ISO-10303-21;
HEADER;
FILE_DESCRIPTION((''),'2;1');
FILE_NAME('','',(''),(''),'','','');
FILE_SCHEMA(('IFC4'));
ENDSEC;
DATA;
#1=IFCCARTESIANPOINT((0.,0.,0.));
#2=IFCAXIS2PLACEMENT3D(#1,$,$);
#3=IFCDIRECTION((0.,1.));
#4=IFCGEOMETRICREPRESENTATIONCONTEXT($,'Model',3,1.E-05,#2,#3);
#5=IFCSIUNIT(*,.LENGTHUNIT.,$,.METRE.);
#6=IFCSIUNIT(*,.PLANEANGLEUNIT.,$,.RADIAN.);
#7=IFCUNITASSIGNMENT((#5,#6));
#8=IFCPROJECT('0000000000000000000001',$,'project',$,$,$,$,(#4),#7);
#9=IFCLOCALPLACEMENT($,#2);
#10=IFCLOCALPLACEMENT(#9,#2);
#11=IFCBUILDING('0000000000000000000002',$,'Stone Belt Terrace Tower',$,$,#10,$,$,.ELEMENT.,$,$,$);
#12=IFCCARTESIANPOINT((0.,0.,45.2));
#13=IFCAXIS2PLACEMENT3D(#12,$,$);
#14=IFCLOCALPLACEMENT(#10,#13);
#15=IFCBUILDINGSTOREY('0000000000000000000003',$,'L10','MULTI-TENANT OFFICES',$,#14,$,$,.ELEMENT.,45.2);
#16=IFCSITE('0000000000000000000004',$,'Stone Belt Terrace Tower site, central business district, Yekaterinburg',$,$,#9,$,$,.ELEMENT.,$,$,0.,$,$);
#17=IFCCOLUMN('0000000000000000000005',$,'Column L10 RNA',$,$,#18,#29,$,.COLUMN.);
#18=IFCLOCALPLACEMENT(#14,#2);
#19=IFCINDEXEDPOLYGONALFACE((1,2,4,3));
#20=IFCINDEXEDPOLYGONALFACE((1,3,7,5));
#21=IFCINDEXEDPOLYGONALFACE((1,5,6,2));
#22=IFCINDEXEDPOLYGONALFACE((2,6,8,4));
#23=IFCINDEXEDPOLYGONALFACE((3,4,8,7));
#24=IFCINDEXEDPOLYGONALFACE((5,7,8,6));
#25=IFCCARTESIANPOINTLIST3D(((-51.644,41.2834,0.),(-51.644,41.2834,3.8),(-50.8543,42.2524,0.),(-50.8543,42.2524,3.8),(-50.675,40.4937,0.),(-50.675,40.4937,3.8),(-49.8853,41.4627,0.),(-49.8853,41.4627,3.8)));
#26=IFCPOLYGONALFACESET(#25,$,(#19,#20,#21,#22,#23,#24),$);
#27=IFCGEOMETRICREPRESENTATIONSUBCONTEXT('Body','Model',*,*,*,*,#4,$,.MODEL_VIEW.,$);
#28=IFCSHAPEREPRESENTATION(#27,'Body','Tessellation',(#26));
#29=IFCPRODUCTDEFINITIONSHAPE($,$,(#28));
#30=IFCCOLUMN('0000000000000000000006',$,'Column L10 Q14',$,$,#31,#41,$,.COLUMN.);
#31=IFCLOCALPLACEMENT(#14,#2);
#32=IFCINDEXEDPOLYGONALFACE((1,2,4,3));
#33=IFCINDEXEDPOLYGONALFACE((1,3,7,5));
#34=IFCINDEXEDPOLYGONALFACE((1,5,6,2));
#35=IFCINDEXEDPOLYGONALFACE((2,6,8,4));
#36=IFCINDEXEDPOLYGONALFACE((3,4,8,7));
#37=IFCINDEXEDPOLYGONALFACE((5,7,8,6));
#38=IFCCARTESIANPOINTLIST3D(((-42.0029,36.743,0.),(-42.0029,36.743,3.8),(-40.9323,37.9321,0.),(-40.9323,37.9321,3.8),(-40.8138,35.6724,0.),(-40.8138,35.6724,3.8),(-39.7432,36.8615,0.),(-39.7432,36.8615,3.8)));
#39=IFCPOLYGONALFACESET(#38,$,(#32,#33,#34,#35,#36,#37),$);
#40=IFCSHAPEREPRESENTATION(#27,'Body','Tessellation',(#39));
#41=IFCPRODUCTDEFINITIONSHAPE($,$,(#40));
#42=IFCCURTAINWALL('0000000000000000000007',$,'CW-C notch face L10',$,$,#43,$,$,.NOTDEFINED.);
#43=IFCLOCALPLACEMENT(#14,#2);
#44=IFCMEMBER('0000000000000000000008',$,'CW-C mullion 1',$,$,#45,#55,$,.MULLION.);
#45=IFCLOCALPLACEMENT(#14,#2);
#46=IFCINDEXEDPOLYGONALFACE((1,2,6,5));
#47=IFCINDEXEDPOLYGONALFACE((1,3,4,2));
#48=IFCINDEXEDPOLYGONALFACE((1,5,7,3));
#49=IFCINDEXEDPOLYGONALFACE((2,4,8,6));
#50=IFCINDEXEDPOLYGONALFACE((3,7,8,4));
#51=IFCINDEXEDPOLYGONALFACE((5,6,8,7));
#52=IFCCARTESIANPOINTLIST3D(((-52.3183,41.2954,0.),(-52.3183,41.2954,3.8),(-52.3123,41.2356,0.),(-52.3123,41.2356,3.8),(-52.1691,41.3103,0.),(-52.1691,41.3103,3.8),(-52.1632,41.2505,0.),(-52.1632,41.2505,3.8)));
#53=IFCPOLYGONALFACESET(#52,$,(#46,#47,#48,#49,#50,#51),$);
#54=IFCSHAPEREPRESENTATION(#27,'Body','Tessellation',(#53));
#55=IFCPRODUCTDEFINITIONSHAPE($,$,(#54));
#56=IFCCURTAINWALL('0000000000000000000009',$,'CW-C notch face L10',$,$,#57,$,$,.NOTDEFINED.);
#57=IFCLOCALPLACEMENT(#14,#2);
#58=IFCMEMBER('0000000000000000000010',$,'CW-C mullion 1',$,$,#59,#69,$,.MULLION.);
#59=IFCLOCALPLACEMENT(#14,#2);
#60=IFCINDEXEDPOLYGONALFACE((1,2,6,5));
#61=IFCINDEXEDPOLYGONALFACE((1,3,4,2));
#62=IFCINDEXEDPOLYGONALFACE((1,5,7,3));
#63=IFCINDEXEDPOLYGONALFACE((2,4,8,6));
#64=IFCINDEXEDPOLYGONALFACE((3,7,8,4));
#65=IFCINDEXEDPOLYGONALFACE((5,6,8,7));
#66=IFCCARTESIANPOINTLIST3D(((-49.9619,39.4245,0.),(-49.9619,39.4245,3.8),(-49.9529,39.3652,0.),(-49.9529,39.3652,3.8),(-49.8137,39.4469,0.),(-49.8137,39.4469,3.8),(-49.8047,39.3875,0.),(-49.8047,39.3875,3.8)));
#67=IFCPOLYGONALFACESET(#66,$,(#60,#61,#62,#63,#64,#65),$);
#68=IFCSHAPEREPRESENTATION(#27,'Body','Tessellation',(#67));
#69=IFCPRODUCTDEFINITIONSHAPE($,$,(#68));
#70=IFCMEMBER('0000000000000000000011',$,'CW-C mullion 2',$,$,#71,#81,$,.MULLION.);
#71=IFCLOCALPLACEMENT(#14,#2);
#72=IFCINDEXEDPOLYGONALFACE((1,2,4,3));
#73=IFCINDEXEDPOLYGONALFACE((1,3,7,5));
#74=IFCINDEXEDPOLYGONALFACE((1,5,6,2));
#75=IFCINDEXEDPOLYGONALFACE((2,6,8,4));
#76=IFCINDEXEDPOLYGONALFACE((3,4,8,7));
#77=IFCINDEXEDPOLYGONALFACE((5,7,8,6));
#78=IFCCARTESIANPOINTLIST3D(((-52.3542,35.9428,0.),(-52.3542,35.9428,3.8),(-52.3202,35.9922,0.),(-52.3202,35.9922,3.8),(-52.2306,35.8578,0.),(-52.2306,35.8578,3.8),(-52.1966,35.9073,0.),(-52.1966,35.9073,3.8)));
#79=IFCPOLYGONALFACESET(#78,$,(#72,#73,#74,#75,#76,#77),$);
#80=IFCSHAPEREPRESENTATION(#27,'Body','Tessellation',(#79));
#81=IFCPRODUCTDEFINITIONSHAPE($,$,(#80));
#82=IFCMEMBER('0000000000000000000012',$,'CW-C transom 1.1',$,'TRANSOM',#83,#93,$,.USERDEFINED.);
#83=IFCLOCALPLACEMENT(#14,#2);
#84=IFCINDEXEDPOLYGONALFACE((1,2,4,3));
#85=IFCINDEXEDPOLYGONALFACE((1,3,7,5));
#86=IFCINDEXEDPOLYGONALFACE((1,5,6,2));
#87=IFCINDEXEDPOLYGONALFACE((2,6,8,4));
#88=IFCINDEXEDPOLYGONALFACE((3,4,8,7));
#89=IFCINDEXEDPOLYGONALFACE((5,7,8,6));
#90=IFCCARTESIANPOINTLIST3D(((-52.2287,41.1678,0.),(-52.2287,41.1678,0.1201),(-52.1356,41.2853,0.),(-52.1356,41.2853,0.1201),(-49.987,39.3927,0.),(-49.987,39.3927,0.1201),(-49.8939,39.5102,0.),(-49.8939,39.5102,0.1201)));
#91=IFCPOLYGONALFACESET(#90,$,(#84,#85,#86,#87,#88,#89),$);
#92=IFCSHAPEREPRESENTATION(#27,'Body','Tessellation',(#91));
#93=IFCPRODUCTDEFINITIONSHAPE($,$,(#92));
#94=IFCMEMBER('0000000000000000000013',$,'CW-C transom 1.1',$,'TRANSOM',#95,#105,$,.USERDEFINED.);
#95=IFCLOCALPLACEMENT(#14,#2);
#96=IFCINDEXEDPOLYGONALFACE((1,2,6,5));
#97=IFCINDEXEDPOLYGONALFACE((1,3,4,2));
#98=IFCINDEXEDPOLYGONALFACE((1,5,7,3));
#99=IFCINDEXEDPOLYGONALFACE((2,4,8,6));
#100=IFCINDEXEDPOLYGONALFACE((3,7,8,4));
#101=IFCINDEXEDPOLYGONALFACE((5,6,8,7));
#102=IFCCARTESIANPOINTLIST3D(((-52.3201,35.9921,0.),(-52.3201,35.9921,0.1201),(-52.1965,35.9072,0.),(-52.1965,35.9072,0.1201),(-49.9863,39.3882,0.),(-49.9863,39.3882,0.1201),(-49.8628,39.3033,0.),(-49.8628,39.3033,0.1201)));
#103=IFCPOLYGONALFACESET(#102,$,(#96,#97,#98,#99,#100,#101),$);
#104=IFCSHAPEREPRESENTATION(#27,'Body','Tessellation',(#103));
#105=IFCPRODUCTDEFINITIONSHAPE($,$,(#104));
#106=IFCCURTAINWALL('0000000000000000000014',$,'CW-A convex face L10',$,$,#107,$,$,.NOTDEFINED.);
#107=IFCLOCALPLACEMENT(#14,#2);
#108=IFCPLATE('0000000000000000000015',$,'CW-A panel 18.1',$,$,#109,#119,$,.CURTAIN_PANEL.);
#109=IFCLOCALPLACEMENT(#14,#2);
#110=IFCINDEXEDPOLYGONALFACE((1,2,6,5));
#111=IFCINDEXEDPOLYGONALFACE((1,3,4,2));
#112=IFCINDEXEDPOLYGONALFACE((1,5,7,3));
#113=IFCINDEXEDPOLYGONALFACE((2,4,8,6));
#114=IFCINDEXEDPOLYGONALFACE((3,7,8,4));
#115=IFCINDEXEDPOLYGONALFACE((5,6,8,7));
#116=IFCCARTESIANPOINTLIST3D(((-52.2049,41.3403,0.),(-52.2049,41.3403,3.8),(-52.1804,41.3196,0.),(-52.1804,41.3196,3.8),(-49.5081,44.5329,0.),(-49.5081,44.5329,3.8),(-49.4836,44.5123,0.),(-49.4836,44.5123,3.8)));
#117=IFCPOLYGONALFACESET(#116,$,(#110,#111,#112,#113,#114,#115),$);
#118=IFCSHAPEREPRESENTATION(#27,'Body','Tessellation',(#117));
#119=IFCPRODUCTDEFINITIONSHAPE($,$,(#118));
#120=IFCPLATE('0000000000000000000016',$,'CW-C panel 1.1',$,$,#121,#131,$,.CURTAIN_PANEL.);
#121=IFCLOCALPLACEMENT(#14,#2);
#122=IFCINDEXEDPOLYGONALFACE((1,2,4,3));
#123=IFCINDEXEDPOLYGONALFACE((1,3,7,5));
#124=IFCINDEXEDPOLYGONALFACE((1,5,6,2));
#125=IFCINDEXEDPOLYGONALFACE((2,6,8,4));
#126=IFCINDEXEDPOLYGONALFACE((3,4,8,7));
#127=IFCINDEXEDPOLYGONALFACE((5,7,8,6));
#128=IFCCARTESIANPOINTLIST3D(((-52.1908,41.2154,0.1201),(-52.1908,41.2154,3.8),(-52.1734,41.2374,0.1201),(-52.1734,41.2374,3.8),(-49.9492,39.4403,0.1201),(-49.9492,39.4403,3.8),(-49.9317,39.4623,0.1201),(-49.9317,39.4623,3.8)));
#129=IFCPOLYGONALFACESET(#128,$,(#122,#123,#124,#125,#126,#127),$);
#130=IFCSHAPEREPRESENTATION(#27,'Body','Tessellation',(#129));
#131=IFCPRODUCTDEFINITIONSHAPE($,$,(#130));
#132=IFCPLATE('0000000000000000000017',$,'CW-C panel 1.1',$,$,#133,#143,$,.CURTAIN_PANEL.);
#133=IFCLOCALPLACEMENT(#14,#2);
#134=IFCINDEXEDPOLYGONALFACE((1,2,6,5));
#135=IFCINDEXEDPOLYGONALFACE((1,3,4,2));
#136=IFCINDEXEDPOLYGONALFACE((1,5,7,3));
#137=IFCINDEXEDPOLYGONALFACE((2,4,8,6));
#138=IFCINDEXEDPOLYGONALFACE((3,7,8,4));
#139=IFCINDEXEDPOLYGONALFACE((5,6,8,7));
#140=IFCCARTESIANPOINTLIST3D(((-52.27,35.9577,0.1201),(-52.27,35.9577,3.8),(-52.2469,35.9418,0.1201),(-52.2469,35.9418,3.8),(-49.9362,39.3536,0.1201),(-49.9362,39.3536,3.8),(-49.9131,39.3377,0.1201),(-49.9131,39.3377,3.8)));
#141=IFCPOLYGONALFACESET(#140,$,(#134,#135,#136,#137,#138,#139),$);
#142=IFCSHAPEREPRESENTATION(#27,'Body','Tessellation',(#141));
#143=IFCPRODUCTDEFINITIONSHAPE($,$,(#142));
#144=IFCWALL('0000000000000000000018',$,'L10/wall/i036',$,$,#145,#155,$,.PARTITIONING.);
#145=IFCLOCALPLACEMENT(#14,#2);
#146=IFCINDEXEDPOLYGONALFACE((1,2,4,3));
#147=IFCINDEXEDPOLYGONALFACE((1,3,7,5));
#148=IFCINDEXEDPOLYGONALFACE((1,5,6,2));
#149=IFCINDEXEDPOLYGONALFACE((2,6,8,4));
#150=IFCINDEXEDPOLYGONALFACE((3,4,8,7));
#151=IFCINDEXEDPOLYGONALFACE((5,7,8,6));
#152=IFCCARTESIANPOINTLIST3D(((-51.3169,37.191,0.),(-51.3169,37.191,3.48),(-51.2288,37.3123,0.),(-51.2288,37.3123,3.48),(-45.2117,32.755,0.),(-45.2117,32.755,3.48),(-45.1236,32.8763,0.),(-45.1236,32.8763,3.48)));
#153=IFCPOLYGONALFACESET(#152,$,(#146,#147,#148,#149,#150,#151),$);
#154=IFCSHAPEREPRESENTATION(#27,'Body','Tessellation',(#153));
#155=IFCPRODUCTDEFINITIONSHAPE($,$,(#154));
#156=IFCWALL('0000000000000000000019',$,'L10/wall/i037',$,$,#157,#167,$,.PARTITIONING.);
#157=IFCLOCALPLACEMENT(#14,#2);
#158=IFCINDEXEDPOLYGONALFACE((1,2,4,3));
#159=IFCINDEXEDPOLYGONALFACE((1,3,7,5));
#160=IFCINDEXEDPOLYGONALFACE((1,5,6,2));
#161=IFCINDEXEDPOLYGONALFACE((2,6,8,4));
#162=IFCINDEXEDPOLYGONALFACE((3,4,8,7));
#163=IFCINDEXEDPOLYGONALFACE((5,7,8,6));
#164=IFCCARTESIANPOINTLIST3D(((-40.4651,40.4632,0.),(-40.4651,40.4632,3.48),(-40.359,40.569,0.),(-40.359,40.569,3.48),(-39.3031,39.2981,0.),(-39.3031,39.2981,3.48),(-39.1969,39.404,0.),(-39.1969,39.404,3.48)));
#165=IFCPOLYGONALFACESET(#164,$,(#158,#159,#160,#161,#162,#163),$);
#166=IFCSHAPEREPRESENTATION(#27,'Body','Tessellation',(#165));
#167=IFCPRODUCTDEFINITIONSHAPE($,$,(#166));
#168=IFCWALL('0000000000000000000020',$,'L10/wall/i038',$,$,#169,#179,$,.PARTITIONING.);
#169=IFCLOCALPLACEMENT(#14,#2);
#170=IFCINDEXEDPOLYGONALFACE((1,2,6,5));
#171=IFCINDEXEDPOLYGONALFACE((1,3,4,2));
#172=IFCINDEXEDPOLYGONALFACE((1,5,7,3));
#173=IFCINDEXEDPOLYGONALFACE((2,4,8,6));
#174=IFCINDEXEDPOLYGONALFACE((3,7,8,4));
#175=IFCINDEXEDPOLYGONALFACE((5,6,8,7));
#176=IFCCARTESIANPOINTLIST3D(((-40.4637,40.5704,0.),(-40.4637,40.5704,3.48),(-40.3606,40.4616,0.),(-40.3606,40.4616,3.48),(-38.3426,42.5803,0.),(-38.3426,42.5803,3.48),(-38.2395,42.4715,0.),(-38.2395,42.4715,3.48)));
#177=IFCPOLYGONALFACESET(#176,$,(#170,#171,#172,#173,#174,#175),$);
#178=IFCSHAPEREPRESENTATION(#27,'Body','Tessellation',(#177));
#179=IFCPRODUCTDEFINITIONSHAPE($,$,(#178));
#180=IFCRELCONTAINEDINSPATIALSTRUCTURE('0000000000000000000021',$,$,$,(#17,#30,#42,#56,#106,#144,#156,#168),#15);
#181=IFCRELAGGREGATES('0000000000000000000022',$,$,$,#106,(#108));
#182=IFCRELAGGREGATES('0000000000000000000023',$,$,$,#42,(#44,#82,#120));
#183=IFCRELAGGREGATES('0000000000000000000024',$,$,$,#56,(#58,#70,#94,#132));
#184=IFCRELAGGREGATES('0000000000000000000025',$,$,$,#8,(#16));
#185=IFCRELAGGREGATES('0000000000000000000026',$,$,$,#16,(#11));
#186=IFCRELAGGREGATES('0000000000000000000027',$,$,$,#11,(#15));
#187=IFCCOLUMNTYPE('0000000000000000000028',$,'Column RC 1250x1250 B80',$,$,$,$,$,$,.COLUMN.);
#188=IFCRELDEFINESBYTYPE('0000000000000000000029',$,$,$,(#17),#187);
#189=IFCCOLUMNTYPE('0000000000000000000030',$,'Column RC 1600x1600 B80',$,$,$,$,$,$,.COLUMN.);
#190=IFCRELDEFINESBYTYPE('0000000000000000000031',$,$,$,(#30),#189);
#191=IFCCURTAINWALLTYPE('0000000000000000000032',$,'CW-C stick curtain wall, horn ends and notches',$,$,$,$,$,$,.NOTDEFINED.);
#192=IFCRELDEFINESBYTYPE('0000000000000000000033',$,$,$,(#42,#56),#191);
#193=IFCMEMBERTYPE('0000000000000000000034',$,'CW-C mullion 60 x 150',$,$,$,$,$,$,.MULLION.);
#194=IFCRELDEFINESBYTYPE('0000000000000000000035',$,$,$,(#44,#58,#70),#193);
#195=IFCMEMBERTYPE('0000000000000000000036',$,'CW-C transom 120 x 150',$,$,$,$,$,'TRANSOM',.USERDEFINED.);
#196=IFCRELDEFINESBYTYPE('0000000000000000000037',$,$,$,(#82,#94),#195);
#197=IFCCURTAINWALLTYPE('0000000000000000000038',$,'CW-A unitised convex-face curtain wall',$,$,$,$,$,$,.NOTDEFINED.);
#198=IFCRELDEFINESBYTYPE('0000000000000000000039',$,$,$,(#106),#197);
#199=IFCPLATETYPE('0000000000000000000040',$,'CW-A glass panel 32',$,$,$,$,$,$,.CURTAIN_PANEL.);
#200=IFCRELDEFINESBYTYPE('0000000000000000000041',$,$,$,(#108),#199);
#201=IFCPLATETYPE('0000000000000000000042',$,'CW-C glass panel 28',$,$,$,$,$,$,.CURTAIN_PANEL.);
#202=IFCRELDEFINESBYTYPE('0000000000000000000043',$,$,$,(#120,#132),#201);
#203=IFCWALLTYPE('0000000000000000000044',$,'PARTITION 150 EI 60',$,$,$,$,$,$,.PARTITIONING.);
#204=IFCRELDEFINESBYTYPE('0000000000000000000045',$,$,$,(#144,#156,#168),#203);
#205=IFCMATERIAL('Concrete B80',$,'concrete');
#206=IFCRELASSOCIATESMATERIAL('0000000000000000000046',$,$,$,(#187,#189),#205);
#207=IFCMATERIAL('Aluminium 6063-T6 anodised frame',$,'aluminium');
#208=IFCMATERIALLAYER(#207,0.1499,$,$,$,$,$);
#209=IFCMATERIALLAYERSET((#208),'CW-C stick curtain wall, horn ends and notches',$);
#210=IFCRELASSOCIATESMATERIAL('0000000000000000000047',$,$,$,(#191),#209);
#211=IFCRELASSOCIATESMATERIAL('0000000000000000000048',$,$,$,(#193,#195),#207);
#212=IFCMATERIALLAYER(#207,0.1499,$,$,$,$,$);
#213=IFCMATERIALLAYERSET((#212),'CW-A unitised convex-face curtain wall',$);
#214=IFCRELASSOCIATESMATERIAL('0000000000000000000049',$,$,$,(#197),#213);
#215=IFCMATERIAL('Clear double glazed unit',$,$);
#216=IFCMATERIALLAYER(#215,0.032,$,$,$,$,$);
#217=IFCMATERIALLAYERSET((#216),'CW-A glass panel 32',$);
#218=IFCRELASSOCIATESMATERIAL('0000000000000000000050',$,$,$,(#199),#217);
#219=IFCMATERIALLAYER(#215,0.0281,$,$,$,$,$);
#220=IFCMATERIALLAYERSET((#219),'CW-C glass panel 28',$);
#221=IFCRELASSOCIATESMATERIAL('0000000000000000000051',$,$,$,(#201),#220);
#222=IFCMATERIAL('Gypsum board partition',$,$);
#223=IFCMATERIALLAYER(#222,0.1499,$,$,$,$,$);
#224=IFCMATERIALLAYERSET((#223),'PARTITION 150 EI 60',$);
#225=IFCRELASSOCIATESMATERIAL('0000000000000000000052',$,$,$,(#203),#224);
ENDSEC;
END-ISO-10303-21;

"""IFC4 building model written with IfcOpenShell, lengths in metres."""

from ifc_helpers import new_model, si_unit, direction, frame, frame_2d, origin, origin_2d, place, context, subcontext, project, spatial, rectangle, extrude, material, layer, layer_set, material_profile, profile_set, type_object, element, aggregate, save


model = new_model("IFC4")

# Units and contexts
model_context = context("Model", 3, precision=1e-05, world=origin(), true_north=direction((0.0, 1.0)))
body_context = subcontext(model_context, "Body", "Model", "MODEL_VIEW")
ifc_project = project(units=[si_unit("LENGTHUNIT", "METRE"), si_unit("PLANEANGLEUNIT", "RADIAN")], contexts=[model_context])

# Site, building, storey
site_placement = place(None, origin())
site = spatial("IfcSite", under=ifc_project, at=site_placement, Name="Stone Belt Terrace Tower site, central business district, Yekaterinburg", CompositionType="ELEMENT", RefElevation=0.0)
building_placement = place(site_placement, origin())
building = spatial("IfcBuilding", under=site, at=building_placement, Name="Stone Belt Terrace Tower", CompositionType="ELEMENT")
storey_placement = place(building_placement, frame((0.0, 0.0, 45.2)))
storey = spatial("IfcBuildingStorey", under=building, at=storey_placement, Name="L10", Description="MULTI-TENANT OFFICES", CompositionType="ELEMENT", Elevation=45.2)

# Columns
ifc_material_1 = material(Name="Concrete B80", Category="concrete")
ifc_material_profile_1 = material_profile(ifc_material_1, rectangle(XDim=1.25, YDim=1.25, at=origin_2d()), Name="RC 1250x1250")
ifc_profile_set_1 = profile_set([ifc_material_profile_1], Name="Concrete B80")
column_type_1 = type_object("IfcColumnType", Name="Column RC 1250x1250 B80", PredefinedType="COLUMN", material=ifc_profile_set_1)
column_1_placement = place(storey_placement, frame((-50.7646, 41.373, 0.0), z_axis=(0.0, 0.0, 1.0), x_axis=(0.631759, 0.775165, 0.0)))
element("IfcColumn", 1, at=column_1_placement, inside=storey, type_object=column_type_1, Name="Column L10 RNA", PredefinedType="COLUMN", context=body_context, shape_type="SweptSolid", body=[
    extrude(rectangle(XDim=1.25, YDim=1.25, at=origin_2d()), origin(), (0.0, 0.0, 1.0), 3.8),
])
ifc_material_profile_2 = material_profile(ifc_material_1, rectangle(XDim=1.6001, YDim=1.6001, at=origin_2d()), Name="RC 1600x1600")
ifc_profile_set_2 = profile_set([ifc_material_profile_2], Name="Concrete B80")
column_type_2 = type_object("IfcColumnType", Name="Column RC 1600x1600 B80", PredefinedType="COLUMN", material=ifc_profile_set_2)
column_2_placement = place(storey_placement, frame((-40.873, 36.8022, 0.0), z_axis=(0.0, 0.0, 1.0), x_axis=(0.669131, 0.743145, 0.0)))
element("IfcColumn", 2, at=column_2_placement, inside=storey, type_object=column_type_2, Name="Column L10 Q14", PredefinedType="COLUMN", context=body_context, shape_type="SweptSolid", body=[
    extrude(rectangle(XDim=1.6001, YDim=1.6001, at=origin_2d()), origin(), (0.0, 0.0, 1.0), 3.8),
])

# Curtain wall, member
ifc_material_2 = material(Name="Aluminium 6063-T6 anodised frame", Category="aluminium")
ifc_layer_1 = layer(ifc_material_2, 0.1499)
ifc_layer_set_1 = layer_set([ifc_layer_1], Name="CW-C stick curtain wall, horn ends and notches")
curtain_wall_type_1 = type_object("IfcCurtainWallType", Name="CW-C stick curtain wall, horn ends and notches", PredefinedType="NOTDEFINED", material=ifc_layer_set_1)
curtain_wall_1_placement = place(storey_placement, origin())
curtain_wall_1 = element("IfcCurtainWall", 3, at=curtain_wall_1_placement, inside=storey, type_object=curtain_wall_type_1, Name="CW-C notch face L10", PredefinedType="NOTDEFINED")
ifc_material_profile_3 = material_profile(ifc_material_2, rectangle(XDim=0.1499, YDim=0.0601, at=origin_2d()), Name="Aluminium 6063-T6 60x150")
ifc_profile_set_3 = profile_set([ifc_material_profile_3], Name="Aluminium 6063-T6 anodised frame")
member_type_1 = type_object("IfcMemberType", Name="CW-C mullion 60 x 150", PredefinedType="MULLION", material=ifc_profile_set_3)
member_1_placement = place(storey_placement, frame((-52.2407, 41.2729, 0.0), z_axis=(0.0, 0.0, 1.0), x_axis=(0.995023, 0.099645, 0.0)))
member_1 = element("IfcMember", 4, at=member_1_placement, type_object=member_type_1, Name="CW-C mullion 1", PredefinedType="MULLION", context=body_context, shape_type="SweptSolid", body=[
    extrude(rectangle(XDim=0.1499, YDim=0.0601, at=origin_2d()), origin(), (0.0, 0.0, 1.0), 3.8),
])

# Curtain wall, members
curtain_wall_2_placement = place(storey_placement, origin())
curtain_wall_2 = element("IfcCurtainWall", 5, at=curtain_wall_2_placement, inside=storey, type_object=curtain_wall_type_1, Name="CW-C notch face L10", PredefinedType="NOTDEFINED")
member_2_placement = place(storey_placement, frame((-49.8833, 39.406, 0.0), z_axis=(0.0, 0.0, 1.0), x_axis=(0.988851, 0.148906, 0.0)))
member_2 = element("IfcMember", 6, at=member_2_placement, type_object=member_type_1, Name="CW-C mullion 1", PredefinedType="MULLION", context=body_context, shape_type="SweptSolid", body=[
    extrude(rectangle(XDim=0.1499, YDim=0.0601, at=origin_2d()), origin(), (0.0, 0.0, 1.0), 3.8),
])
member_3_placement = place(storey_placement, frame((-52.2754, 35.925, 0.0), z_axis=(0.0, 0.0, 1.0), x_axis=(0.824147, -0.566376, 0.0)))
member_3 = element("IfcMember", 7, at=member_3_placement, type_object=member_type_1, Name="CW-C mullion 2", PredefinedType="MULLION", context=body_context, shape_type="SweptSolid", body=[
    extrude(rectangle(XDim=0.1499, YDim=0.0601, at=origin_2d()), origin(), (0.0, 0.0, 1.0), 3.8),
])

# Members
ifc_material_profile_4 = material_profile(ifc_material_2, rectangle(XDim=0.1499, YDim=0.1201, at=origin_2d()), Name="Aluminium 6063-T6 150x120")
ifc_profile_set_4 = profile_set([ifc_material_profile_4], Name="Aluminium 6063-T6 anodised frame")
member_type_2 = type_object("IfcMemberType", Name="CW-C transom 120 x 150", ElementType="TRANSOM", PredefinedType="USERDEFINED", material=ifc_profile_set_4)
member_4_placement = place(storey_placement, frame((-52.1821, 41.2266, 0.0601), z_axis=(0.783966, -0.620804, 0.0), x_axis=(0.620804, 0.783966, 0.0)))
member_4 = element("IfcMember", 8, at=member_4_placement, type_object=member_type_2, Name="CW-C transom 1.1", ObjectType="TRANSOM", PredefinedType="USERDEFINED", context=body_context, shape_type="SweptSolid", body=[
    extrude(rectangle(XDim=0.1499, YDim=0.1201, at=origin_2d()), origin(), (0.0, 0.0, 1.0), 2.8594),
])
member_5_placement = place(storey_placement, frame((-49.9246, 39.3457, 0.0601), z_axis=(-0.566363, -0.824156, 0.0), x_axis=(0.824156, -0.566363, 0.0)))
member_5 = element("IfcMember", 9, at=member_5_placement, type_object=member_type_2, Name="CW-C transom 1.1", ObjectType="TRANSOM", PredefinedType="USERDEFINED", context=body_context, shape_type="SweptSolid", body=[
    extrude(rectangle(XDim=0.1499, YDim=0.1201, at=origin_2d()), origin(), (0.0, 0.0, 1.0), 4.1206),
])

# Curtain wall, plate
ifc_layer_2 = layer(ifc_material_2, 0.1499)
ifc_layer_set_2 = layer_set([ifc_layer_2], Name="CW-A unitised convex-face curtain wall")
curtain_wall_type_2 = type_object("IfcCurtainWallType", Name="CW-A unitised convex-face curtain wall", PredefinedType="NOTDEFINED", material=ifc_layer_set_2)
curtain_wall_3_placement = place(storey_placement, origin())
curtain_wall_3 = element("IfcCurtainWall", 10, at=curtain_wall_3_placement, inside=storey, type_object=curtain_wall_type_2, Name="CW-A convex face L10", PredefinedType="NOTDEFINED")
ifc_material_3 = material(Name="Clear double glazed unit")
ifc_layer_3 = layer(ifc_material_3, 0.032)
ifc_layer_set_3 = layer_set([ifc_layer_3], Name="CW-A glass panel 32")
plate_type_1 = type_object("IfcPlateType", Name="CW-A glass panel 32", PredefinedType="CURTAIN_PANEL", material=ifc_layer_set_3)
plate_1_placement = place(storey_placement, frame((-50.8442, 42.9263, 0.0), z_axis=(0.0, 0.0, 1.0), x_axis=(-0.645291, -0.763937, 0.0)))
plate_1 = element("IfcPlate", 11, at=plate_1_placement, type_object=plate_type_1, Name="CW-A panel 18.1", PredefinedType="CURTAIN_PANEL", context=body_context, shape_type="SweptSolid", body=[
    extrude(rectangle(XDim=4.1792, YDim=0.032, at=origin_2d()), origin(), (0.0, 0.0, 1.0), 3.8),
])
aggregate(curtain_wall_3, [plate_1])

# Plates
ifc_layer_4 = layer(ifc_material_3, 0.0281)
ifc_layer_set_4 = layer_set([ifc_layer_4], Name="CW-C glass panel 28")
plate_type_2 = type_object("IfcPlateType", Name="CW-C glass panel 28", PredefinedType="CURTAIN_PANEL", material=ifc_layer_set_4)
plate_2_placement = place(storey_placement, frame((-51.0613, 40.3389, 0.1201), z_axis=(0.0, 0.0, 1.0), x_axis=(0.783964, -0.620807, 0.0)))
plate_2 = element("IfcPlate", 12, at=plate_2_placement, type_object=plate_type_2, Name="CW-C panel 1.1", PredefinedType="CURTAIN_PANEL", context=body_context, shape_type="SweptSolid", body=[
    extrude(rectangle(XDim=2.8594, YDim=0.0281, at=origin_2d()), origin(), (0.0, 0.0, 1.0), 3.6799),
])
aggregate(curtain_wall_1, [member_1, member_4, plate_2])
plate_3_placement = place(storey_placement, frame((-51.0916, 37.6477, 0.1201), z_axis=(0.0, 0.0, 1.0), x_axis=(-0.566376, -0.824147, 0.0)))
plate_3 = element("IfcPlate", 13, at=plate_3_placement, type_object=plate_type_2, Name="CW-C panel 1.1", PredefinedType="CURTAIN_PANEL", context=body_context, shape_type="SweptSolid", body=[
    extrude(rectangle(XDim=4.1206, YDim=0.0281, at=origin_2d()), origin(), (0.0, 0.0, 1.0), 3.6799),
])
aggregate(curtain_wall_2, [member_2, member_3, member_5, plate_3])

# Walls
ifc_material_4 = material(Name="Gypsum board partition")
ifc_layer_5 = layer(ifc_material_4, 0.1499)
ifc_layer_set_5 = layer_set([ifc_layer_5], Name="PARTITION 150 EI 60")
wall_type = type_object("IfcWallType", Name="PARTITION 150 EI 60", PredefinedType="PARTITIONING", material=ifc_layer_set_5)
wall_1_placement = place(storey_placement, frame((-51.2729, 37.2517, 0.0), z_axis=(0.0, 0.0, 1.0), x_axis=(0.808996, -0.587814, 0.0)))
element("IfcWall", 14, at=wall_1_placement, inside=storey, type_object=wall_type, Name="L10/wall/i036", PredefinedType="PARTITIONING", context=body_context, shape_type="SweptSolid", body=[
    extrude(rectangle(XDim=7.5466, YDim=0.1499, at=frame_2d((3.7734, 0.0))), origin(), (0.0, 0.0, 1.0), 3.48),
])
wall_2_placement = place(storey_placement, frame((-39.25, 39.3511, 0.0), z_axis=(0.0, 0.0, 1.0), x_axis=(-0.706216, 0.707996, 0.0)))
element("IfcWall", 15, at=wall_2_placement, inside=storey, type_object=wall_type, Name="L10/wall/i037", PredefinedType="PARTITIONING", context=body_context, shape_type="SweptSolid", body=[
    extrude(rectangle(XDim=1.6455, YDim=0.1499, at=frame_2d((0.8228, 0.0))), origin(), (0.0, 0.0, 1.0), 3.48),
])
wall_3_placement = place(storey_placement, frame((-40.4121, 40.5161, 0.0), z_axis=(0.0, 0.0, 1.0), x_axis=(0.7259, 0.6878, 0.0)))
element("IfcWall", 16, at=wall_3_placement, inside=storey, type_object=wall_type, Name="L10/wall/i038", PredefinedType="PARTITIONING", context=body_context, shape_type="SweptSolid", body=[
    extrude(rectangle(XDim=2.9221, YDim=0.1499, at=frame_2d((1.4609, 0.0))), origin(), (0.0, 0.0, 1.0), 3.48),
])

save(model, "model.ifc")
